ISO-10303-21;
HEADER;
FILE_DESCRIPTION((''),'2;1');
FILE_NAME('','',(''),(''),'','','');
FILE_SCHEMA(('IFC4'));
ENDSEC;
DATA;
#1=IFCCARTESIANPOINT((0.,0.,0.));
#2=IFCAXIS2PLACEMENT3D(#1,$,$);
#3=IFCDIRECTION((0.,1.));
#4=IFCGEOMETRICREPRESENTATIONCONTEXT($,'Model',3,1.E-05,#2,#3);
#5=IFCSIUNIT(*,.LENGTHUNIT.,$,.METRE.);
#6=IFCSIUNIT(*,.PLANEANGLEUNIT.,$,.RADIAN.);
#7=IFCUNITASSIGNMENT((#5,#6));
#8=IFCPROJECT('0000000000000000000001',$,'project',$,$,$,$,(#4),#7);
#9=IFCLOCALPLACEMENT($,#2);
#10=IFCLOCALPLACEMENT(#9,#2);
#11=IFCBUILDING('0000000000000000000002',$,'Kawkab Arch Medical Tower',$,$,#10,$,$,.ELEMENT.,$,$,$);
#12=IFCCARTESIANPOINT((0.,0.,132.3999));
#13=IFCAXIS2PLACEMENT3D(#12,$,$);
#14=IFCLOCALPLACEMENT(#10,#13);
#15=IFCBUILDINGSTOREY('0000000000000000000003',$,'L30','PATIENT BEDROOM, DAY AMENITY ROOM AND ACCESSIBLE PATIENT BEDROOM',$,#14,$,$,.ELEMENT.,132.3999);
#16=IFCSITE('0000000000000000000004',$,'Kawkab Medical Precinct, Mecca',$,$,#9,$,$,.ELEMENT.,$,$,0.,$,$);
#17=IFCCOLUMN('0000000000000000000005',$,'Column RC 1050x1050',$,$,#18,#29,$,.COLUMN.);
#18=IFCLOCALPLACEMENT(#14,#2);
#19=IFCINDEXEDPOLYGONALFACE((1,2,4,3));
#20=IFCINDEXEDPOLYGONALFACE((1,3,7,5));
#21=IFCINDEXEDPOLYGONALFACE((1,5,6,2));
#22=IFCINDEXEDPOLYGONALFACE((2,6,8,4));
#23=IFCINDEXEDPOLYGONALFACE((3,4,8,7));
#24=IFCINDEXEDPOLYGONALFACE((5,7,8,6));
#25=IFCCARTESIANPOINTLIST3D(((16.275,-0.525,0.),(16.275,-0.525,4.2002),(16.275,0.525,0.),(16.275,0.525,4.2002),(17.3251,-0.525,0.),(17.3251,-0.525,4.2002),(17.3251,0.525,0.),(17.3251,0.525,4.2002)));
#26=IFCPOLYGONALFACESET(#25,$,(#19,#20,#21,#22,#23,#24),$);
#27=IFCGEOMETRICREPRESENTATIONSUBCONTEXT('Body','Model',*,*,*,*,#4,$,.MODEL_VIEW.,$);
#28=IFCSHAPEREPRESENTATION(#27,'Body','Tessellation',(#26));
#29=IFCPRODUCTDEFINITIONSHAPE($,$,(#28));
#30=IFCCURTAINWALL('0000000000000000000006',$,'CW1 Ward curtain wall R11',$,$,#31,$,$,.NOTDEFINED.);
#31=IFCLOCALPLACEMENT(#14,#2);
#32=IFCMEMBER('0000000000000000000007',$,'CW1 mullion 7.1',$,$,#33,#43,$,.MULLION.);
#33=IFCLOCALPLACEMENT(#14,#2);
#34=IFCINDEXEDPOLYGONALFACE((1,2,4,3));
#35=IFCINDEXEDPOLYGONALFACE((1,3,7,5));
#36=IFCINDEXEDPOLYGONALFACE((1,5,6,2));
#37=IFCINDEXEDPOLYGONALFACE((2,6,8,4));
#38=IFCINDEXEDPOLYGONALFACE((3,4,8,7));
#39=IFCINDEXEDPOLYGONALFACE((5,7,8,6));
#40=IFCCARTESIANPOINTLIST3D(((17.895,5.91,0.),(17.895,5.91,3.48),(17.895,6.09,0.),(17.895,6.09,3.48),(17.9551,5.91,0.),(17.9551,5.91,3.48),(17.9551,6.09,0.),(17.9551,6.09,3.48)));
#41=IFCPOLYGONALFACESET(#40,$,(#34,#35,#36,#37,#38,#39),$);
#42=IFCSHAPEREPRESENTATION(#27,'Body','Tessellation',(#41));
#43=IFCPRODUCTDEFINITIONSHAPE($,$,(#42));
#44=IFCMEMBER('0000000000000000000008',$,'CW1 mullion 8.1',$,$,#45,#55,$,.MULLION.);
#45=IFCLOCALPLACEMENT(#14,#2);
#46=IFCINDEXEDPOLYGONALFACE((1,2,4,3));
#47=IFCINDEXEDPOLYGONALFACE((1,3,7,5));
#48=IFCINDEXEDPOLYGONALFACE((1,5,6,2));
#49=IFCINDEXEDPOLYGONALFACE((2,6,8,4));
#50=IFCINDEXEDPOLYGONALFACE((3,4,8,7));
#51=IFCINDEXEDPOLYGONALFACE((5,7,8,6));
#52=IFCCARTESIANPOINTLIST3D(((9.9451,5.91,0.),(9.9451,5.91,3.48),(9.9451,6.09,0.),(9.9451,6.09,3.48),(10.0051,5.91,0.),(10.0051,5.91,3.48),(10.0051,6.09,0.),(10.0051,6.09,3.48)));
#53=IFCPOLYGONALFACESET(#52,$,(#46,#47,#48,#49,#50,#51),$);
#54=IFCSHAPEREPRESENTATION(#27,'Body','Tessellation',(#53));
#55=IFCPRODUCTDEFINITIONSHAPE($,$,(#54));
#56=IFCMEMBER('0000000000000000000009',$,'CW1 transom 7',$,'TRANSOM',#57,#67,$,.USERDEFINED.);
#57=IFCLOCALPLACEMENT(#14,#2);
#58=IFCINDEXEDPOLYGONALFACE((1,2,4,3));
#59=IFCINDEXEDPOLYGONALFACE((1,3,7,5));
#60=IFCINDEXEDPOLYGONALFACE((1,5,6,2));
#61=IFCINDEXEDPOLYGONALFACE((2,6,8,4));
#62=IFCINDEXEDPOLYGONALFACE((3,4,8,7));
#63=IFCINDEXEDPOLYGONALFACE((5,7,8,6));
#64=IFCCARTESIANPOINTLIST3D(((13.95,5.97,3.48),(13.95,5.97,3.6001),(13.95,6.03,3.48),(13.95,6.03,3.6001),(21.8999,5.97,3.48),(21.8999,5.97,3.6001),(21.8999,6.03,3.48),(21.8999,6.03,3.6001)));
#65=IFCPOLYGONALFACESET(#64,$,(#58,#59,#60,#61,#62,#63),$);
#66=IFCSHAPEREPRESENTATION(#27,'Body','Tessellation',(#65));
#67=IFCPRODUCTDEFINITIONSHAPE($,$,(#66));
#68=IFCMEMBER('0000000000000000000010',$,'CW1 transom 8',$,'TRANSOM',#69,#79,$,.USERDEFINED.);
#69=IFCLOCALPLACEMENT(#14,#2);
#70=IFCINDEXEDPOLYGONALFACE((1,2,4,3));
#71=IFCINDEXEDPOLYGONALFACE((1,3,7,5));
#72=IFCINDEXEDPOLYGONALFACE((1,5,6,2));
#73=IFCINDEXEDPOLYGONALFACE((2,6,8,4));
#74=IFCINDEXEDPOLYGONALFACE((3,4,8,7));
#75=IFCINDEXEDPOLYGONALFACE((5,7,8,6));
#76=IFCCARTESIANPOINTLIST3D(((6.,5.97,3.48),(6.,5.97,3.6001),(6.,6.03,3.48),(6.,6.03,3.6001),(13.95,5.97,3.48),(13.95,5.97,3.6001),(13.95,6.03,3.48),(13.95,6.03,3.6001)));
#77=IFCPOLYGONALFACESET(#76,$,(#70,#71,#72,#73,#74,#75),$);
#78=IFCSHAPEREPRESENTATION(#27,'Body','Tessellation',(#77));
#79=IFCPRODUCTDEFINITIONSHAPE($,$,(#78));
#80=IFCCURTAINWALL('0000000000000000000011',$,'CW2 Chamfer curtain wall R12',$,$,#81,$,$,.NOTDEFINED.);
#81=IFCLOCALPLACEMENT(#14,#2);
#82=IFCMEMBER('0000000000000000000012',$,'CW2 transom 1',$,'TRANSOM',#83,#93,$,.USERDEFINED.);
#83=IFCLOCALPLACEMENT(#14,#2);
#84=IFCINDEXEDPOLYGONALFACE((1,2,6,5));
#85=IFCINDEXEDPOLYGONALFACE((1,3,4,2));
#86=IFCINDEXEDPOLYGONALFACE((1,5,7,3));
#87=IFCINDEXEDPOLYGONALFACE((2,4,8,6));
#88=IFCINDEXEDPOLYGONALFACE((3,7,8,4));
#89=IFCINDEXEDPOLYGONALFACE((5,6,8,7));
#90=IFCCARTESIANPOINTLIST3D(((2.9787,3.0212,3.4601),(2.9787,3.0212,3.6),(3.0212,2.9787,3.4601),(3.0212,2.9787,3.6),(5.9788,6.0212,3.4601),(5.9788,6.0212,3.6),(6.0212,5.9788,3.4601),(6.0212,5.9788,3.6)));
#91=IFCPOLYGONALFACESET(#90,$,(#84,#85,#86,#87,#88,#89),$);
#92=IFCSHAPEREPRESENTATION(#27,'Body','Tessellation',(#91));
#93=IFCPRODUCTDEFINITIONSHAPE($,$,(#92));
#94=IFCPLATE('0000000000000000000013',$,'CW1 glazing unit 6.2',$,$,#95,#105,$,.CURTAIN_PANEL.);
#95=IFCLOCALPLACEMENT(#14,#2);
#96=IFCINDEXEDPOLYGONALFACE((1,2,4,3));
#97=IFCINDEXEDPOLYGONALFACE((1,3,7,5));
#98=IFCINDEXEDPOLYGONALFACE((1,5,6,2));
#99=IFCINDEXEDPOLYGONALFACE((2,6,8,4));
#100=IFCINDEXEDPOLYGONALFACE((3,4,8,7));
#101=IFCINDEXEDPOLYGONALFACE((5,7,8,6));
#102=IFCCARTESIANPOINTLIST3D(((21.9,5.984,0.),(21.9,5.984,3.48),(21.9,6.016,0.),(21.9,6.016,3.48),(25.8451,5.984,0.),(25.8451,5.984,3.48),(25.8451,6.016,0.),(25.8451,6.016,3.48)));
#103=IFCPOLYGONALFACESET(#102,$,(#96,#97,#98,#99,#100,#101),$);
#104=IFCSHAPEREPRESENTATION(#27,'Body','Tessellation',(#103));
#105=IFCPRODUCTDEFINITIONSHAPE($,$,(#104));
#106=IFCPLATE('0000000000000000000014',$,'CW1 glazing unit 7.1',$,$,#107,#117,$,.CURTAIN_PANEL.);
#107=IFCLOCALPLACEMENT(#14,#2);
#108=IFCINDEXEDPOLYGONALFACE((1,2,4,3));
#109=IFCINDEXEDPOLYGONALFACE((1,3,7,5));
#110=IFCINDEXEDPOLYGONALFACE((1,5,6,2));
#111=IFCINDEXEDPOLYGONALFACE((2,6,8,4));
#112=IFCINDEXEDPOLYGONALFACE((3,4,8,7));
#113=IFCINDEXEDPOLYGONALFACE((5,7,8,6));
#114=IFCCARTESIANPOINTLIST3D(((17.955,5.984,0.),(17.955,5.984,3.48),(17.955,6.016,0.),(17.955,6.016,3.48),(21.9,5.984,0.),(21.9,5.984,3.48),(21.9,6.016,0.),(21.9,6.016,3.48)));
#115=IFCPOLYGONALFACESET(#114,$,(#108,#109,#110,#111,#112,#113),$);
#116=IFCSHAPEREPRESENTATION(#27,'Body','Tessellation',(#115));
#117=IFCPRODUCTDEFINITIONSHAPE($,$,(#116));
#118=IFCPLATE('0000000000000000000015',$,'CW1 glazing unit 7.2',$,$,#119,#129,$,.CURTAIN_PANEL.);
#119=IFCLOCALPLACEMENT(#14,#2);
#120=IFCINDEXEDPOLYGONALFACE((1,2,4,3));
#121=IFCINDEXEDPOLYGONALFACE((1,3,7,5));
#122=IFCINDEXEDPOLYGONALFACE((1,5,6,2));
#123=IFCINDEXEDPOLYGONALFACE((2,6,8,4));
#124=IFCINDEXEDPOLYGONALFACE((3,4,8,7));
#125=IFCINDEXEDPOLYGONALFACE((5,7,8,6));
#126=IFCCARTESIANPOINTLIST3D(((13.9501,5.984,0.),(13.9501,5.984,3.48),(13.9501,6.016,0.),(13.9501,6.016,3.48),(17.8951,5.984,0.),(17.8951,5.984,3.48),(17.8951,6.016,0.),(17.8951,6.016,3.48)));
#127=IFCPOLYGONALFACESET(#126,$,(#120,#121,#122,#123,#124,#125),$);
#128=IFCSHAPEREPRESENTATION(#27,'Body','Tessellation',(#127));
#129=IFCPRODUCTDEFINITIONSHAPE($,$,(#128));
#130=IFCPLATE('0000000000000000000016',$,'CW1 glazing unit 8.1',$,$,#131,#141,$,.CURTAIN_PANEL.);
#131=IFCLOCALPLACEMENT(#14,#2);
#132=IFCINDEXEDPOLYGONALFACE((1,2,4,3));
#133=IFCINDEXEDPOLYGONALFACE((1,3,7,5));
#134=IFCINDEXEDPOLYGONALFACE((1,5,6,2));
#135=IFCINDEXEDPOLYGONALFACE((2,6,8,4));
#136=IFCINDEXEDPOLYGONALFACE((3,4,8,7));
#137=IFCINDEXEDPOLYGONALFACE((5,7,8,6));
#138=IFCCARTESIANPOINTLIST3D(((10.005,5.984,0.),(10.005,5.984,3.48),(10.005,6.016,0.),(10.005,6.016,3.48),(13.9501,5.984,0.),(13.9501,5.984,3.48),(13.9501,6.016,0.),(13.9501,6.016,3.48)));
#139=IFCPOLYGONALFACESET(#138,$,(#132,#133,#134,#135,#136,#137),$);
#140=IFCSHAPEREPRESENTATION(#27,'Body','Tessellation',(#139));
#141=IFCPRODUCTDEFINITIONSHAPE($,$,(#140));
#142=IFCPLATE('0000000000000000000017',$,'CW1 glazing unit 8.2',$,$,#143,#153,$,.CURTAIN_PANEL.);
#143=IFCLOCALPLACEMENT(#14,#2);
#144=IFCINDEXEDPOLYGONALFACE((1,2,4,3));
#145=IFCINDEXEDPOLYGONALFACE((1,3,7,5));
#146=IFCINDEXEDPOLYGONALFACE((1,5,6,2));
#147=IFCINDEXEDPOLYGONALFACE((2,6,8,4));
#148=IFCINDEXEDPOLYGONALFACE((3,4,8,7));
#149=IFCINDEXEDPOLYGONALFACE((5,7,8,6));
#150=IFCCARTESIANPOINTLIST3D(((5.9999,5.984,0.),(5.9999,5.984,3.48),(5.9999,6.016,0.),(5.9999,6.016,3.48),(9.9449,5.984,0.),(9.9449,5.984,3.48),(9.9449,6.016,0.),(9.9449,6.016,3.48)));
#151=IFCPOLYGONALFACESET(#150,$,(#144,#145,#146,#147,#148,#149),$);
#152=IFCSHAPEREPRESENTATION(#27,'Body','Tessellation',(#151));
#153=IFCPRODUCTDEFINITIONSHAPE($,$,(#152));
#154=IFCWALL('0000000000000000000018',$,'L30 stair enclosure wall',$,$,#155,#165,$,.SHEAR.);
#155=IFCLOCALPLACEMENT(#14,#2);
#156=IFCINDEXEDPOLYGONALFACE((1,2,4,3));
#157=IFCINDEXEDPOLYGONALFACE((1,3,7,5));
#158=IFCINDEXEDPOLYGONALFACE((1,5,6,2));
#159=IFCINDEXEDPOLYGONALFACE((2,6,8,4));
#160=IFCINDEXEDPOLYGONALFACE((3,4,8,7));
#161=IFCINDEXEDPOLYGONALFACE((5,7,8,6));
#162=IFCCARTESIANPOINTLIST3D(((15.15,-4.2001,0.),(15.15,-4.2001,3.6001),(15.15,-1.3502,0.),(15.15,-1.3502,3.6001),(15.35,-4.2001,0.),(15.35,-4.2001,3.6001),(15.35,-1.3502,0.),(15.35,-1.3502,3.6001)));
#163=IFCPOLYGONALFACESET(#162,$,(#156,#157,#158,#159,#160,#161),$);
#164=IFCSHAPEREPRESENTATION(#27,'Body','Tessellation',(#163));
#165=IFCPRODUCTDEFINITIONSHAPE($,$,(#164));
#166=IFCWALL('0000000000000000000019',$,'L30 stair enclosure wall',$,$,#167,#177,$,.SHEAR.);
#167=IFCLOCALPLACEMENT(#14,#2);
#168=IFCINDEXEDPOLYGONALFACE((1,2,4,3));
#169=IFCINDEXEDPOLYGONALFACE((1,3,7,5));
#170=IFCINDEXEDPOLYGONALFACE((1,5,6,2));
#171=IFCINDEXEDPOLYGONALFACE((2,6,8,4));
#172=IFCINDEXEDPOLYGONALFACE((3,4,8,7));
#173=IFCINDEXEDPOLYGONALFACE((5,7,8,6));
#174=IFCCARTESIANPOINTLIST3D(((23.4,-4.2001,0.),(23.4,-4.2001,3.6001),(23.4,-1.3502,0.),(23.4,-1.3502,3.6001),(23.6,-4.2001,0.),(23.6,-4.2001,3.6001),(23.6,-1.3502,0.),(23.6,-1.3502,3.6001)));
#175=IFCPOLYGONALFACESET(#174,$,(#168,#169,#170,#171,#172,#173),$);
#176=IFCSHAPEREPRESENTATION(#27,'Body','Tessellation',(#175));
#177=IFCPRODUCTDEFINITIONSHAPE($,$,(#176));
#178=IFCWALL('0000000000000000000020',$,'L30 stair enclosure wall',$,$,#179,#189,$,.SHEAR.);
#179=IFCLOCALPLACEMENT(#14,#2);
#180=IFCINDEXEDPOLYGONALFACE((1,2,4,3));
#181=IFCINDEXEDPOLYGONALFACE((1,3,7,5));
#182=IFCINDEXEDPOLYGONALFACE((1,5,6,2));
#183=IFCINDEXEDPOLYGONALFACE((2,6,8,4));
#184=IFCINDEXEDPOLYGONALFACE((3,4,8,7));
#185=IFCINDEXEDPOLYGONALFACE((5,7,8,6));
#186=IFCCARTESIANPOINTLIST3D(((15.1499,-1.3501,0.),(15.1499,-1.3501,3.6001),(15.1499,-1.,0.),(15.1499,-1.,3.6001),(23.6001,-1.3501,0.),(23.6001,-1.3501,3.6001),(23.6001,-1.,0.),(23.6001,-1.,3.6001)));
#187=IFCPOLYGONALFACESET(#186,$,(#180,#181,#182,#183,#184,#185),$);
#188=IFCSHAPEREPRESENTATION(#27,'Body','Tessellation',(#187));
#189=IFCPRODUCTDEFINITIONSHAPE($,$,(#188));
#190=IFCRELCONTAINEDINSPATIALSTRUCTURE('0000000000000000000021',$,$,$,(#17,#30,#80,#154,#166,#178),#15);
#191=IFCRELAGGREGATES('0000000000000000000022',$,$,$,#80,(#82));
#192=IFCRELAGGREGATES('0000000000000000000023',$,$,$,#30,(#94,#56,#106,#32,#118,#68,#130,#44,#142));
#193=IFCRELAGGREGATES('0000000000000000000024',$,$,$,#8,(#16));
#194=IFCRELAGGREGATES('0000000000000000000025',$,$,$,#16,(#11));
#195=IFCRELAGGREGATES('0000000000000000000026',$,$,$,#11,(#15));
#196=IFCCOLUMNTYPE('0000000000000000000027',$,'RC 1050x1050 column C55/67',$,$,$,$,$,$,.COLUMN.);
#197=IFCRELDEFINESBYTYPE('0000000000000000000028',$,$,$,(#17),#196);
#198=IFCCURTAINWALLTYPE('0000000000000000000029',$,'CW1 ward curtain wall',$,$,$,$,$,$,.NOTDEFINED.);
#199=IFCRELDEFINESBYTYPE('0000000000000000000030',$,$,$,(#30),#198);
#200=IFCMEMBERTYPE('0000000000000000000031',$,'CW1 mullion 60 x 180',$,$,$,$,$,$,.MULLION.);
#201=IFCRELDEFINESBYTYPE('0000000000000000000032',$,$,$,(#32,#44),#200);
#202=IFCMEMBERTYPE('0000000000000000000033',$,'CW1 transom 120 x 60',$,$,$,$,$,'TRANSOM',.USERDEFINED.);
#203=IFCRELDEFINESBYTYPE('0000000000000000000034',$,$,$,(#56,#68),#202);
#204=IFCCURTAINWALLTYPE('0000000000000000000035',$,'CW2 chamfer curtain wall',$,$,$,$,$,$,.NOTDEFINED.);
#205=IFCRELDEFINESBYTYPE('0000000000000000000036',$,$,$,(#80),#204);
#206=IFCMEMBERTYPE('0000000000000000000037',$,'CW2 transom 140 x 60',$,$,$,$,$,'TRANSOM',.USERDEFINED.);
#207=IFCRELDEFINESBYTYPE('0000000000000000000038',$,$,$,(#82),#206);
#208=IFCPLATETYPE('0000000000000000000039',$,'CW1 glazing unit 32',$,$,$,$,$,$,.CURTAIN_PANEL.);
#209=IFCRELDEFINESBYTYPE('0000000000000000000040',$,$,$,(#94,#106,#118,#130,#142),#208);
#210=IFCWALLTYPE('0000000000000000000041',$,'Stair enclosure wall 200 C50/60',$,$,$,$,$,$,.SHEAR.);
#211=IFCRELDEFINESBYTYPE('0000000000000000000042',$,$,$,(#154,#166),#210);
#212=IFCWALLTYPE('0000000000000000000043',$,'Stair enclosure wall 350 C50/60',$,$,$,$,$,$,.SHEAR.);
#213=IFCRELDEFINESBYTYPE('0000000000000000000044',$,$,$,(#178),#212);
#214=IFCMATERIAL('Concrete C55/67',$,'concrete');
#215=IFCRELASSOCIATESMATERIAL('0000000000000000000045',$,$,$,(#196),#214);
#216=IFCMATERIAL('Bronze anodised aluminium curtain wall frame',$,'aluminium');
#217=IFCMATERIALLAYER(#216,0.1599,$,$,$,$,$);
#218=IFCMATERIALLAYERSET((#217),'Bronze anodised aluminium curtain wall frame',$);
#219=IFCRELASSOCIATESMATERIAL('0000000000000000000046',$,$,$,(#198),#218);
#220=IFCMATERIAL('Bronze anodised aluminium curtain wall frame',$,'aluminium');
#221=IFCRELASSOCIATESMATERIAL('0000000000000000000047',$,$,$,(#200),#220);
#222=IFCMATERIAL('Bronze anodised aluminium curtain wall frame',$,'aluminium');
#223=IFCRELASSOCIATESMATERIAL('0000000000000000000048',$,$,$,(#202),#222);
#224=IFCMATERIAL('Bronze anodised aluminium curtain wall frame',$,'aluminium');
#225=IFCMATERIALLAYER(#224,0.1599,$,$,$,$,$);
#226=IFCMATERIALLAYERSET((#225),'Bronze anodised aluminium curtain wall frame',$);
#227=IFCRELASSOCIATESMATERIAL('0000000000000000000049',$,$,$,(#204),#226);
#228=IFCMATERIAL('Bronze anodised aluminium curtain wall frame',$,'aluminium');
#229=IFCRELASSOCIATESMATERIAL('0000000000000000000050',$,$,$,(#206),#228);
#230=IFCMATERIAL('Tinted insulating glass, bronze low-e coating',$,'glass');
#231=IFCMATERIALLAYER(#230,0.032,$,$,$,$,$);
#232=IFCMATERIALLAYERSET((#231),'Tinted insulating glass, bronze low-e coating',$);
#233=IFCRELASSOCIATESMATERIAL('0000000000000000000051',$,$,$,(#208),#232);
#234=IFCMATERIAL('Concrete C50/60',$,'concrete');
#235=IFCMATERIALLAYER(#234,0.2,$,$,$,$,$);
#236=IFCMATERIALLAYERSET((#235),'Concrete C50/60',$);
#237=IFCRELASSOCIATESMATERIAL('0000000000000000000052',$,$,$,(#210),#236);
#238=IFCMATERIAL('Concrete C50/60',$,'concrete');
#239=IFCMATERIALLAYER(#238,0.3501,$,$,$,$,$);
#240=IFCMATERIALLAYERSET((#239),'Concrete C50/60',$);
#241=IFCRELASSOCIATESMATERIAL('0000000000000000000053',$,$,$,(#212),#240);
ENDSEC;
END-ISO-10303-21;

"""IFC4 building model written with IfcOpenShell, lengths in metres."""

from ifc_helpers import new_model, si_unit, direction, frame, frame_2d, origin, origin_2d, place, context, subcontext, project, spatial, rectangle, extrude, material, layer, layer_set, material_profile, profile_set, type_object, element, aggregate, save


model = new_model("IFC4")

# Units and contexts
model_context = context("Model", 3, precision=1e-05, world=origin(), true_north=direction((0.0, 1.0)))
body_context = subcontext(model_context, "Body", "Model", "MODEL_VIEW")
ifc_project = project(units=[si_unit("LENGTHUNIT", "METRE"), si_unit("PLANEANGLEUNIT", "RADIAN")], contexts=[model_context])

# Site, building, storey
site_placement = place(None, origin())
site = spatial("IfcSite", under=ifc_project, at=site_placement, Name="Kawkab Medical Precinct, Mecca", CompositionType="ELEMENT", RefElevation=0.0)
building_placement = place(site_placement, origin())
building = spatial("IfcBuilding", under=site, at=building_placement, Name="Kawkab Arch Medical Tower", CompositionType="ELEMENT")
storey_placement = place(building_placement, frame((0.0, 0.0, 132.3999)))
storey = spatial("IfcBuildingStorey", under=building, at=storey_placement, Name="L30", Description="PATIENT BEDROOM, DAY AMENITY ROOM AND ACCESSIBLE PATIENT BEDROOM", CompositionType="ELEMENT", Elevation=132.3999)

# Column
ifc_material_1 = material(Name="Concrete C55/67", Category="concrete")
ifc_material_profile_1 = material_profile(ifc_material_1, rectangle(XDim=1.05, YDim=1.05, at=origin_2d()), Name="RC 1050x1050")
ifc_profile_set_1 = profile_set([ifc_material_profile_1], Name="Concrete C55/67")
column_type = type_object("IfcColumnType", Name="RC 1050x1050 column C55/67", PredefinedType="COLUMN", material=ifc_profile_set_1)
column_placement = place(storey_placement, frame((16.8, 0.0, 0.0), z_axis=(0.0, 0.0, 1.0), x_axis=(1.0, 0.0, 0.0)))
element("IfcColumn", 1, at=column_placement, inside=storey, type_object=column_type, Name="Column RC 1050x1050", PredefinedType="COLUMN", context=body_context, shape_type="SweptSolid", body=[
    extrude(rectangle(XDim=1.05, YDim=1.05, at=origin_2d()), origin(), (0.0, 0.0, 1.0), 4.2002),
])

# Curtain wall, members
ifc_material_2 = material(Name="Bronze anodised aluminium curtain wall frame", Category="aluminium")
ifc_layer_1 = layer(ifc_material_2, 0.1599)
ifc_layer_set_1 = layer_set([ifc_layer_1], Name="Bronze anodised aluminium curtain wall frame")
curtain_wall_type_1 = type_object("IfcCurtainWallType", Name="CW1 ward curtain wall", PredefinedType="NOTDEFINED", material=ifc_layer_set_1)
placement = place(storey_placement, origin())
curtain_wall_1 = element("IfcCurtainWall", 2, at=placement, inside=storey, type_object=curtain_wall_type_1, Name="CW1 Ward curtain wall R11", PredefinedType="NOTDEFINED")
ifc_material_3 = material(Name="Bronze anodised aluminium curtain wall frame", Category="aluminium")
ifc_material_profile_2 = material_profile(ifc_material_3, rectangle(XDim=0.1799, YDim=0.0601, at=origin_2d()), Name="AL 60x180")
ifc_profile_set_2 = profile_set([ifc_material_profile_2], Name="Bronze anodised aluminium curtain wall frame")
member_type_1 = type_object("IfcMemberType", Name="CW1 mullion 60 x 180", PredefinedType="MULLION", material=ifc_profile_set_2)
member_1_placement = place(storey_placement, frame((17.925, 6.0, 0.0), z_axis=(0.0, 0.0, 1.0), x_axis=(0.0, -1.0, 0.0)))
member_1 = element("IfcMember", 3, at=member_1_placement, type_object=member_type_1, Name="CW1 mullion 7.1", PredefinedType="MULLION", context=body_context, shape_type="SweptSolid", body=[
    extrude(rectangle(XDim=0.1799, YDim=0.0601, at=origin_2d()), origin(), (0.0, 0.0, 1.0), 3.48),
])
member_2_placement = place(storey_placement, frame((9.9751, 6.0, 0.0), z_axis=(0.0, 0.0, 1.0), x_axis=(0.0, -1.0, 0.0)))
member_2 = element("IfcMember", 4, at=member_2_placement, type_object=member_type_1, Name="CW1 mullion 8.1", PredefinedType="MULLION", context=body_context, shape_type="SweptSolid", body=[
    extrude(rectangle(XDim=0.1799, YDim=0.0601, at=origin_2d()), origin(), (0.0, 0.0, 1.0), 3.48),
])
ifc_material_4 = material(Name="Bronze anodised aluminium curtain wall frame", Category="aluminium")
ifc_material_profile_3 = material_profile(ifc_material_4, rectangle(XDim=0.0601, YDim=0.1201, at=origin_2d()), Name="AL 60x120")
ifc_profile_set_3 = profile_set([ifc_material_profile_3], Name="Bronze anodised aluminium curtain wall frame")
member_type_2 = type_object("IfcMemberType", Name="CW1 transom 120 x 60", ElementType="TRANSOM", PredefinedType="USERDEFINED", material=ifc_profile_set_3)
member_3_placement = place(storey_placement, frame((21.8999, 6.0, 3.54), z_axis=(-1.0, 0.0, 0.0), x_axis=(0.0, -1.0, 0.0)))
member_3 = element("IfcMember", 5, at=member_3_placement, type_object=member_type_2, Name="CW1 transom 7", ObjectType="TRANSOM", PredefinedType="USERDEFINED", context=body_context, shape_type="SweptSolid", body=[
    extrude(rectangle(XDim=0.0601, YDim=0.1201, at=origin_2d()), origin(), (0.0, 0.0, 1.0), 7.95),
])
member_4_placement = place(storey_placement, frame((13.95, 6.0, 3.54), z_axis=(-1.0, 0.0, 0.0), x_axis=(0.0, -1.0, 0.0)))
member_4 = element("IfcMember", 6, at=member_4_placement, type_object=member_type_2, Name="CW1 transom 8", ObjectType="TRANSOM", PredefinedType="USERDEFINED", context=body_context, shape_type="SweptSolid", body=[
    extrude(rectangle(XDim=0.0601, YDim=0.1201, at=origin_2d()), origin(), (0.0, 0.0, 1.0), 7.95),
])

# Curtain wall, member
ifc_material_5 = material(Name="Bronze anodised aluminium curtain wall frame", Category="aluminium")
ifc_layer_2 = layer(ifc_material_5, 0.1599)
ifc_layer_set_2 = layer_set([ifc_layer_2], Name="Bronze anodised aluminium curtain wall frame")
curtain_wall_type_2 = type_object("IfcCurtainWallType", Name="CW2 chamfer curtain wall", PredefinedType="NOTDEFINED", material=ifc_layer_set_2)
curtain_wall_2 = element("IfcCurtainWall", 7, at=placement, inside=storey, type_object=curtain_wall_type_2, Name="CW2 Chamfer curtain wall R12", PredefinedType="NOTDEFINED")
ifc_material_6 = material(Name="Bronze anodised aluminium curtain wall frame", Category="aluminium")
ifc_material_profile_4 = material_profile(ifc_material_6, rectangle(XDim=0.0601, YDim=0.1399, at=origin_2d()), Name="AL 60x140")
ifc_profile_set_4 = profile_set([ifc_material_profile_4], Name="Bronze anodised aluminium curtain wall frame")
member_type_3 = type_object("IfcMemberType", Name="CW2 transom 140 x 60", ElementType="TRANSOM", PredefinedType="USERDEFINED", material=ifc_profile_set_4)
member_5_placement = place(storey_placement, frame((6.0, 6.0, 3.53), z_axis=(-0.707107, -0.707107, 0.0), x_axis=(0.707107, -0.707107, 0.0)))
member_5 = element("IfcMember", 8, at=member_5_placement, type_object=member_type_3, Name="CW2 transom 1", ObjectType="TRANSOM", PredefinedType="USERDEFINED", context=body_context, shape_type="SweptSolid", body=[
    extrude(rectangle(XDim=0.0601, YDim=0.1399, at=origin_2d()), origin(), (0.0, 0.0, 1.0), 4.2427),
])
aggregate(curtain_wall_2, [member_5])

# Plates
ifc_material_7 = material(Name="Tinted insulating glass, bronze low-e coating", Category="glass")
ifc_layer_3 = layer(ifc_material_7, 0.032)
ifc_layer_set_3 = layer_set([ifc_layer_3], Name="Tinted insulating glass, bronze low-e coating")
plate_type = type_object("IfcPlateType", Name="CW1 glazing unit 32", PredefinedType="CURTAIN_PANEL", material=ifc_layer_set_3)
plate_1_placement = place(storey_placement, frame((23.8726, 6.0, 0.0), z_axis=(0.0, 0.0, 1.0), x_axis=(-1.0, 0.0, 0.0)))
plate_1 = element("IfcPlate", 9, at=plate_1_placement, type_object=plate_type, Name="CW1 glazing unit 6.2", PredefinedType="CURTAIN_PANEL", context=body_context, shape_type="SweptSolid", body=[
    extrude(rectangle(XDim=3.9451, YDim=0.032, at=origin_2d()), origin(), (0.0, 0.0, 1.0), 3.48),
])
plate_2_placement = place(storey_placement, frame((19.9275, 6.0, 0.0), z_axis=(0.0, 0.0, 1.0), x_axis=(-1.0, 0.0, 0.0)))
plate_2 = element("IfcPlate", 10, at=plate_2_placement, type_object=plate_type, Name="CW1 glazing unit 7.1", PredefinedType="CURTAIN_PANEL", context=body_context, shape_type="SweptSolid", body=[
    extrude(rectangle(XDim=3.9451, YDim=0.032, at=origin_2d()), origin(), (0.0, 0.0, 1.0), 3.48),
])
plate_3_placement = place(storey_placement, frame((15.9226, 6.0, 0.0), z_axis=(0.0, 0.0, 1.0), x_axis=(-1.0, 0.0, 0.0)))
plate_3 = element("IfcPlate", 11, at=plate_3_placement, type_object=plate_type, Name="CW1 glazing unit 7.2", PredefinedType="CURTAIN_PANEL", context=body_context, shape_type="SweptSolid", body=[
    extrude(rectangle(XDim=3.9451, YDim=0.032, at=origin_2d()), origin(), (0.0, 0.0, 1.0), 3.48),
])
plate_4_placement = place(storey_placement, frame((11.9775, 6.0, 0.0), z_axis=(0.0, 0.0, 1.0), x_axis=(-1.0, 0.0, 0.0)))
plate_4 = element("IfcPlate", 12, at=plate_4_placement, type_object=plate_type, Name="CW1 glazing unit 8.1", PredefinedType="CURTAIN_PANEL", context=body_context, shape_type="SweptSolid", body=[
    extrude(rectangle(XDim=3.9451, YDim=0.032, at=origin_2d()), origin(), (0.0, 0.0, 1.0), 3.48),
])
plate_5_placement = place(storey_placement, frame((7.9724, 6.0, 0.0), z_axis=(0.0, 0.0, 1.0), x_axis=(-1.0, 0.0, 0.0)))
plate_5 = element("IfcPlate", 13, at=plate_5_placement, type_object=plate_type, Name="CW1 glazing unit 8.2", PredefinedType="CURTAIN_PANEL", context=body_context, shape_type="SweptSolid", body=[
    extrude(rectangle(XDim=3.9451, YDim=0.032, at=origin_2d()), origin(), (0.0, 0.0, 1.0), 3.48),
])
aggregate(curtain_wall_1, [plate_1, member_3, plate_2, member_1, plate_3, member_4, plate_4, member_2, plate_5])

# Walls
ifc_material_8 = material(Name="Concrete C50/60", Category="concrete")
ifc_layer_4 = layer(ifc_material_8, 0.2)
ifc_layer_set_4 = layer_set([ifc_layer_4], Name="Concrete C50/60")
wall_type_1 = type_object("IfcWallType", Name="Stair enclosure wall 200 C50/60", PredefinedType="SHEAR", material=ifc_layer_set_4)
for number, where, z_axis, x_axis, name in (
    (14, (15.25, -4.2, 0.0), (0.0, 0.0, 1.0), (0.0, 1.0, 0.0), "L30 stair enclosure wall"),
    (15, (23.5, -4.2, 0.0), (0.0, 0.0, 1.0), (0.0, 1.0, 0.0), "L30 stair enclosure wall"),
):
    element("IfcWall", number, at=place(storey_placement, frame(where, z_axis=z_axis, x_axis=x_axis)), inside=storey, type_object=wall_type_1, Name=name, PredefinedType="SHEAR", context=body_context, shape_type="SweptSolid", body=[
        extrude(rectangle(XDim=2.8499, YDim=0.2, at=frame_2d((1.4248, 0.0))), origin(), (0.0, 0.0, 1.0), 3.6001),
    ])
ifc_material_9 = material(Name="Concrete C50/60", Category="concrete")
ifc_layer_5 = layer(ifc_material_9, 0.3501)
ifc_layer_set_5 = layer_set([ifc_layer_5], Name="Concrete C50/60")
wall_type_2 = type_object("IfcWallType", Name="Stair enclosure wall 350 C50/60", PredefinedType="SHEAR", material=ifc_layer_set_5)
wall_placement = place(storey_placement, frame((15.1499, -1.175, 0.0), z_axis=(0.0, 0.0, 1.0), x_axis=(1.0, 0.0, 0.0)))
element("IfcWall", 16, at=wall_placement, inside=storey, type_object=wall_type_2, Name="L30 stair enclosure wall", PredefinedType="SHEAR", context=body_context, shape_type="SweptSolid", body=[
    extrude(rectangle(XDim=8.4502, YDim=0.3501, at=frame_2d((4.2251, 0.0))), origin(), (0.0, 0.0, 1.0), 3.6001),
])

save(model, "model.ifc")
